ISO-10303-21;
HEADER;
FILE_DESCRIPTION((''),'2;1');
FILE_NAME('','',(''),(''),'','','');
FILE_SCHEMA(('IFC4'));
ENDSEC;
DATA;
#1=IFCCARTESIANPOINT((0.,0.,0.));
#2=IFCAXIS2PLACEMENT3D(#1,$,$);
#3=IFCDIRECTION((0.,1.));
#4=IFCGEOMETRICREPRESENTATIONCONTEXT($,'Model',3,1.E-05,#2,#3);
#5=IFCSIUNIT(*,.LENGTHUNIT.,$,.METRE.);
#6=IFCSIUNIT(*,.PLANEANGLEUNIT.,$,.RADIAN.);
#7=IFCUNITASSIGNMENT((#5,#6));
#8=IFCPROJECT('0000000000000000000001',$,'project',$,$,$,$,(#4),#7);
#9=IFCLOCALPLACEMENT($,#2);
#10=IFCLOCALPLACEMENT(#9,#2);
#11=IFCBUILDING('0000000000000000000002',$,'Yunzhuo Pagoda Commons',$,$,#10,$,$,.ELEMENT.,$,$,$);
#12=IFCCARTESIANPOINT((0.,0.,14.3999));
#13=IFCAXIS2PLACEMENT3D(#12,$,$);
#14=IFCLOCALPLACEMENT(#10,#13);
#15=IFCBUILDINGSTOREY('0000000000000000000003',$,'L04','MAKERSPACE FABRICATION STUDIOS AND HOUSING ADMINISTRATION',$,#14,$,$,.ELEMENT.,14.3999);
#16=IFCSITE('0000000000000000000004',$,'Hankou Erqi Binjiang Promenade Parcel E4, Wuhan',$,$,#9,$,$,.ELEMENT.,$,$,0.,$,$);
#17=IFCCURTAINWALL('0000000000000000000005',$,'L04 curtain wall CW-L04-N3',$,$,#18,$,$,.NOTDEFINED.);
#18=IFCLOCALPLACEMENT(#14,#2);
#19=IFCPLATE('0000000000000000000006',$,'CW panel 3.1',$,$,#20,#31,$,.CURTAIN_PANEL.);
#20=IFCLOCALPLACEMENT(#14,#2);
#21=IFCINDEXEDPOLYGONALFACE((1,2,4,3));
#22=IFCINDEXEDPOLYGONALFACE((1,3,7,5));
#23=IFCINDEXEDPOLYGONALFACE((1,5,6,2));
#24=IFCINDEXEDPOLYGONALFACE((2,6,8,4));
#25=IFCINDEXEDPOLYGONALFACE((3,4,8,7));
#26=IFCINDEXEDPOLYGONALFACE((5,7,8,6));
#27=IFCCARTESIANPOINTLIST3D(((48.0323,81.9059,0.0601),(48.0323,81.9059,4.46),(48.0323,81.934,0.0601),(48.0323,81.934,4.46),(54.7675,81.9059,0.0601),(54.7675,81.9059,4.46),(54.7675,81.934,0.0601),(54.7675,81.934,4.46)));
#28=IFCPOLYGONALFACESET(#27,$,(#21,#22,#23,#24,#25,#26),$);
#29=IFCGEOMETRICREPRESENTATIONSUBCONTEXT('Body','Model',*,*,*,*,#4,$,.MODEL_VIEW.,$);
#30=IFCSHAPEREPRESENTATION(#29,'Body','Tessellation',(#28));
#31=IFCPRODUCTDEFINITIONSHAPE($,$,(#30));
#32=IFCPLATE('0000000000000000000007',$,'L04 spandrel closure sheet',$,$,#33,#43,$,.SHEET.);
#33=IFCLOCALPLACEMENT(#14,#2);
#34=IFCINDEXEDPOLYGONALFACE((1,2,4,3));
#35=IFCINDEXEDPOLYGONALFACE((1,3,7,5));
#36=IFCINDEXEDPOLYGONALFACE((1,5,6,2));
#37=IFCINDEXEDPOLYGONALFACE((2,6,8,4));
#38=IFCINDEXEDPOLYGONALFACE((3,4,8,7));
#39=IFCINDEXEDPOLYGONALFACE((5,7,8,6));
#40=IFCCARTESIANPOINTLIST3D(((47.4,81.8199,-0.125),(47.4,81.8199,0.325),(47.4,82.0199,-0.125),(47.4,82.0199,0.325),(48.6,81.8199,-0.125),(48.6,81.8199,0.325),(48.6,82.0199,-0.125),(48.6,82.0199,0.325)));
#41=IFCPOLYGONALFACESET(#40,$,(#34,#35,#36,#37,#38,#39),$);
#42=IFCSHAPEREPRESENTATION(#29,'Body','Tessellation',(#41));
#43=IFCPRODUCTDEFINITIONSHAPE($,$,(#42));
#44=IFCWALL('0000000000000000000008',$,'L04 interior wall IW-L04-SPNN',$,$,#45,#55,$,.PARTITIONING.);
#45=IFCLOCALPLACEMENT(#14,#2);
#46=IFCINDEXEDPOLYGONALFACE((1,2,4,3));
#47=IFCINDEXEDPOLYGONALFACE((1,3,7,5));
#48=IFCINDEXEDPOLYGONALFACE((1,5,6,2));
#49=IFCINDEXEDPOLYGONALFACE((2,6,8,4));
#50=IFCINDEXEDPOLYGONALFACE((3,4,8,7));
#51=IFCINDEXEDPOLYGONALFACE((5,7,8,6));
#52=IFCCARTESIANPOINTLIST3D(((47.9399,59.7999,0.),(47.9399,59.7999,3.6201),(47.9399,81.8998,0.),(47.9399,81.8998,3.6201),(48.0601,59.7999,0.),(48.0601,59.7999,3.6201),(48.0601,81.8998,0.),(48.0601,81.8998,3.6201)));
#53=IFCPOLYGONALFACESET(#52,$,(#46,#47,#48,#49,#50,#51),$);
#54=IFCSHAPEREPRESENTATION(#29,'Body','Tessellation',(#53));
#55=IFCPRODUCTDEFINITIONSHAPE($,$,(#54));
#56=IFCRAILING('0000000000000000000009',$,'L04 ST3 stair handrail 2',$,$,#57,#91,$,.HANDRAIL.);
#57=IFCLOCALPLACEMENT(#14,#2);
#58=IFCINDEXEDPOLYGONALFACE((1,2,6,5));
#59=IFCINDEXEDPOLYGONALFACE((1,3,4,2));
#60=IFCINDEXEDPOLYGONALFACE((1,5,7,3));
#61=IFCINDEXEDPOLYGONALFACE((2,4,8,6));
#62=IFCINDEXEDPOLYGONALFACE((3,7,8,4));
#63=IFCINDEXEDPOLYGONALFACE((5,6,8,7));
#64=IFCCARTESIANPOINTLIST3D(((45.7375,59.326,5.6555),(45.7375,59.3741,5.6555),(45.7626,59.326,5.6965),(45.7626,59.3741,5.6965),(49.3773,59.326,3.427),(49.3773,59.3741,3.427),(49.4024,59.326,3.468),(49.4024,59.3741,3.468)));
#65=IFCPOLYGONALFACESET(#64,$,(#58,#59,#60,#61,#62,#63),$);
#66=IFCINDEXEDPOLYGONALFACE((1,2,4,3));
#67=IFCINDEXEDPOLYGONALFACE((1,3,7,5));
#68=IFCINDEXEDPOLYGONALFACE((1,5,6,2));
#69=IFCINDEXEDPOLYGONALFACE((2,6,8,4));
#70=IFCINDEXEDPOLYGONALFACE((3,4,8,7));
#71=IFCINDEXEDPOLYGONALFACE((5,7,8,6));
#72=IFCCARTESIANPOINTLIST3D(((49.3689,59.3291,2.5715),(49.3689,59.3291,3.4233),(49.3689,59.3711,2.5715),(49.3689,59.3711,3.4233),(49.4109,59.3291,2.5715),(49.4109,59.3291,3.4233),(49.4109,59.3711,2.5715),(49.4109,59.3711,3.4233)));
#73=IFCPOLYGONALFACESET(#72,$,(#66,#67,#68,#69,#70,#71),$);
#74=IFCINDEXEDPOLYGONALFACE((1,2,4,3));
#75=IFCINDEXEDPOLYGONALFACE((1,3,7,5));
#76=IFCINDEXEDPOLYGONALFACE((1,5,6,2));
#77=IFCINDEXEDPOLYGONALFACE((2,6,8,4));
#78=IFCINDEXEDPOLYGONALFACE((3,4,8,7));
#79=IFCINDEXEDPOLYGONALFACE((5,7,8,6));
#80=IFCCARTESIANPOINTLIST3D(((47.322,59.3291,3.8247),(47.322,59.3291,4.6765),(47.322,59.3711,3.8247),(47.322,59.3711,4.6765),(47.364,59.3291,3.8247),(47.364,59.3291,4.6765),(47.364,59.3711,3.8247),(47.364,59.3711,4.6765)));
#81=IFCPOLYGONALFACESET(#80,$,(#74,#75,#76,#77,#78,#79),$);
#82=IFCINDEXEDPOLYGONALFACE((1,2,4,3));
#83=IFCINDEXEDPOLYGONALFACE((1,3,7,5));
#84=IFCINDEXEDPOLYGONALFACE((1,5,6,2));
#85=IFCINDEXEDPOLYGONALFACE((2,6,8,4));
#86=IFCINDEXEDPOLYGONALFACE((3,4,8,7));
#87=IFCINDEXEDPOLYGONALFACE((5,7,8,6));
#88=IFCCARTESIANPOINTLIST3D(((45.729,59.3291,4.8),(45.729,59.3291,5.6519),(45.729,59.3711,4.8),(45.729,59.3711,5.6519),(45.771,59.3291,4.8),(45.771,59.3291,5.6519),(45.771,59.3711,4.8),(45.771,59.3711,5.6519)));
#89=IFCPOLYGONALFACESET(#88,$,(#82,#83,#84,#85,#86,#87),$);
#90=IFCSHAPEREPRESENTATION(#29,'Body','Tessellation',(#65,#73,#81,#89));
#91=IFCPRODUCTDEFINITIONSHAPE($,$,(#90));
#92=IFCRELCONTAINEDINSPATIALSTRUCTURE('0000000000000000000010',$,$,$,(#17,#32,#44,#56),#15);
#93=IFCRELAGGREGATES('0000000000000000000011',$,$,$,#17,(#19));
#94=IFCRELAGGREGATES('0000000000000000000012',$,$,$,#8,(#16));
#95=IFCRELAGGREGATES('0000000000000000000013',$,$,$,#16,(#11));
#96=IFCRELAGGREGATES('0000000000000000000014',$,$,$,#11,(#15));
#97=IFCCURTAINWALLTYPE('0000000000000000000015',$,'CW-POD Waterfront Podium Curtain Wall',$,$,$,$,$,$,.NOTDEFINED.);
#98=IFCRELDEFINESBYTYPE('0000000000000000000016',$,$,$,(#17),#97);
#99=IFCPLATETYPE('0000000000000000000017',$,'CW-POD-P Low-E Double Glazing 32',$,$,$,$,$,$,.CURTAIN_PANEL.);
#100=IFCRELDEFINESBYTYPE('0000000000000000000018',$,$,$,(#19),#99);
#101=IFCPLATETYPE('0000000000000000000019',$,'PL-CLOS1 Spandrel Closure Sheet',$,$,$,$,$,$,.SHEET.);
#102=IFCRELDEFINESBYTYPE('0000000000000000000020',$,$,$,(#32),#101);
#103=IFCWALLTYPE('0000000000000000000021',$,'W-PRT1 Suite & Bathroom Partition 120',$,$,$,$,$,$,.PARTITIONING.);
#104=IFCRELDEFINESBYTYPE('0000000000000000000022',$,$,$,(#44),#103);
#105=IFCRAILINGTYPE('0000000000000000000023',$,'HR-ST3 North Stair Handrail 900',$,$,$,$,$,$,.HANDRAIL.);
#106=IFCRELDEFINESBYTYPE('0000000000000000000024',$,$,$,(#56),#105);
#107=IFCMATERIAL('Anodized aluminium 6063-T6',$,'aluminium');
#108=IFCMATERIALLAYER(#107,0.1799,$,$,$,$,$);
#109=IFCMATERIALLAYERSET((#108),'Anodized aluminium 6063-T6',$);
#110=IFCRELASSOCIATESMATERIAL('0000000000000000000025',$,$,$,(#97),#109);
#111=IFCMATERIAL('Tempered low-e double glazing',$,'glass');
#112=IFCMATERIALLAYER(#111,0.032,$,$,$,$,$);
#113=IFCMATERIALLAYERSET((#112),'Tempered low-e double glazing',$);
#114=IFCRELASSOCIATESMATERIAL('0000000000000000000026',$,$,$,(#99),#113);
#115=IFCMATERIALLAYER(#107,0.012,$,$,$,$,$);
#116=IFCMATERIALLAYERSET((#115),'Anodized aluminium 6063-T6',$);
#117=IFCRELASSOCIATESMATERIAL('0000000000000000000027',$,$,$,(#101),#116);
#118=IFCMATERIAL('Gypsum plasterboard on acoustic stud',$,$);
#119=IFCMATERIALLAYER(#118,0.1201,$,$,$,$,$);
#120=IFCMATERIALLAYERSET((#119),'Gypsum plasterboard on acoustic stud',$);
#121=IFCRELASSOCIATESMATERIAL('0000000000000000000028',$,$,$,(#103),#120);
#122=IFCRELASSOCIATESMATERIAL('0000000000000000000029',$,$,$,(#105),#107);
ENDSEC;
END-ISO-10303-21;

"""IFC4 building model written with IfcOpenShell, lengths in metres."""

from ifc_helpers import new_model, si_unit, direction, frame, frame_2d, origin, origin_2d, place, context, subcontext, project, spatial, rectangle, extrude, source, transform, mapped, material, layer, layer_set, type_object, element, aggregate, save


model = new_model("IFC4")

# Units and contexts
model_context = context("Model", 3, precision=1e-05, world=origin(), true_north=direction((0.0, 1.0)))
body_context = subcontext(model_context, "Body", "Model", "MODEL_VIEW")
ifc_project = project(units=[si_unit("LENGTHUNIT", "METRE"), si_unit("PLANEANGLEUNIT", "RADIAN")], contexts=[model_context])

# Site, building, storey
site_placement = place(None, origin())
site = spatial("IfcSite", under=ifc_project, at=site_placement, Name="Hankou Erqi Binjiang Promenade Parcel E4, Wuhan", CompositionType="ELEMENT", RefElevation=0.0)
building_placement = place(site_placement, origin())
building = spatial("IfcBuilding", under=site, at=building_placement, Name="Yunzhuo Pagoda Commons", CompositionType="ELEMENT")
storey_placement = place(building_placement, frame((0.0, 0.0, 14.3999)))
storey = spatial("IfcBuildingStorey", under=building, at=storey_placement, Name="L04", Description="MAKERSPACE FABRICATION STUDIOS AND HOUSING ADMINISTRATION", CompositionType="ELEMENT", Elevation=14.3999)

# Curtain wall
ifc_material_1 = material(Name="Anodized aluminium 6063-T6", Category="aluminium")
ifc_layer_1 = layer(ifc_material_1, 0.1799)
ifc_layer_set_1 = layer_set([ifc_layer_1], Name="Anodized aluminium 6063-T6")
curtain_wall_type = type_object("IfcCurtainWallType", Name="CW-POD Waterfront Podium Curtain Wall", PredefinedType="NOTDEFINED", material=ifc_layer_set_1)
curtain_wall_1_placement = place(storey_placement, origin())
curtain_wall_1 = element("IfcCurtainWall", 1, at=curtain_wall_1_placement, inside=storey, type_object=curtain_wall_type, Name="L04 curtain wall CW-L04-N3", PredefinedType="NOTDEFINED")

# Plates
ifc_material_2 = material(Name="Tempered low-e double glazing", Category="glass")
ifc_layer_2 = layer(ifc_material_2, 0.032)
ifc_layer_set_2 = layer_set([ifc_layer_2], Name="Tempered low-e double glazing")
plate_type_1 = type_object("IfcPlateType", Name="CW-POD-P Low-E Double Glazing 32", PredefinedType="CURTAIN_PANEL", material=ifc_layer_set_2)
shared_shape_1 = source(origin(), body_context, "Body", "SweptSolid", [
    extrude(rectangle(XDim=6.7351, YDim=0.0281, at=origin_2d()), origin(), (0.0, 0.0, 1.0), 4.3999),
])
plate_1_placement = place(storey_placement, frame((51.3999, 81.9199, 0.0601), z_axis=(0.0, 0.0, 1.0), x_axis=(1.0, 0.0, 0.0)))
plate_1 = element("IfcPlate", 2, at=plate_1_placement, type_object=plate_type_1, Name="CW panel 3.1", PredefinedType="CURTAIN_PANEL", context=body_context, shape_type="MappedRepresentation", body=[
    mapped(shared_shape_1, transform((0.0, 0.0, 0.0), scale=1.0)),
])
aggregate(curtain_wall_1, [plate_1])
ifc_layer_3 = layer(ifc_material_1, 0.012)
ifc_layer_set_3 = layer_set([ifc_layer_3], Name="Anodized aluminium 6063-T6")
plate_type_2 = type_object("IfcPlateType", Name="PL-CLOS1 Spandrel Closure Sheet", PredefinedType="SHEET", material=ifc_layer_set_3)
shared_shape_2 = source(origin(), body_context, "Body", "SweptSolid", [
    extrude(rectangle(XDim=1.2, YDim=0.2, at=origin_2d()), origin(), (0.0, 0.0, 1.0), 0.45),
])
plate_2_placement = place(storey_placement, frame((48.0, 81.9199, -0.125), z_axis=(0.0, 0.0, 1.0), x_axis=(1.0, 0.0, 0.0)))
element("IfcPlate", 3, at=plate_2_placement, inside=storey, type_object=plate_type_2, Name="L04 spandrel closure sheet", PredefinedType="SHEET", context=body_context, shape_type="MappedRepresentation", body=[
    mapped(shared_shape_2, transform((0.0, 0.0, 0.0), scale=1.0)),
])

# Wall
ifc_material_3 = material(Name="Gypsum plasterboard on acoustic stud")
ifc_layer_4 = layer(ifc_material_3, 0.1201)
ifc_layer_set_4 = layer_set([ifc_layer_4], Name="Gypsum plasterboard on acoustic stud")
wall_type = type_object("IfcWallType", Name="W-PRT1 Suite & Bathroom Partition 120", PredefinedType="PARTITIONING", material=ifc_layer_set_4)
wall_placement = place(storey_placement, frame((48.0, 59.8, 0.0), z_axis=(0.0, 0.0, 1.0), x_axis=(0.0, 1.0, 0.0)))
element("IfcWall", 4, at=wall_placement, inside=storey, type_object=wall_type, Name="L04 interior wall IW-L04-SPNN", PredefinedType="PARTITIONING", context=body_context, shape_type="SweptSolid", body=[
    extrude(rectangle(XDim=22.0999, YDim=0.1201, at=frame_2d((11.0498, 0.0))), origin(), (0.0, 0.0, 1.0), 3.6201),
])

# Railing
railing_type = type_object("IfcRailingType", Name="HR-ST3 North Stair Handrail 900", PredefinedType="HANDRAIL", material=ifc_material_1)
railing_placement = place(storey_placement, frame((49.3899, 59.3501, 2.5715)))
element("IfcRailing", 5, at=railing_placement, inside=storey, type_object=railing_type, Name="L04 ST3 stair handrail 2", PredefinedType="HANDRAIL", context=body_context, shape_type="SweptSolid", body=[
    extrude(rectangle(XDim=0.0481, YDim=0.0481, at=origin_2d()), frame((0.0, 0.0, 0.876), z_axis=(-0.85285, 0.0, 0.522156), x_axis=(0.0, -1.0, 0.0)), (0.0, 0.0, 1.0), 4.2678),
    extrude(rectangle(XDim=0.042, YDim=0.042, at=origin_2d()), origin(), (0.0, 0.0, 1.0), 0.8518),
    extrude(rectangle(XDim=0.042, YDim=0.042, at=origin_2d()), frame((-2.0469, 0.0, 1.2532)), (0.0, 0.0, 1.0), 0.8518),
    extrude(rectangle(XDim=0.042, YDim=0.042, at=origin_2d()), frame((-3.6399, 0.0, 2.2285)), (0.0, 0.0, 1.0), 0.8518),
])

save(model, "model.ifc")
